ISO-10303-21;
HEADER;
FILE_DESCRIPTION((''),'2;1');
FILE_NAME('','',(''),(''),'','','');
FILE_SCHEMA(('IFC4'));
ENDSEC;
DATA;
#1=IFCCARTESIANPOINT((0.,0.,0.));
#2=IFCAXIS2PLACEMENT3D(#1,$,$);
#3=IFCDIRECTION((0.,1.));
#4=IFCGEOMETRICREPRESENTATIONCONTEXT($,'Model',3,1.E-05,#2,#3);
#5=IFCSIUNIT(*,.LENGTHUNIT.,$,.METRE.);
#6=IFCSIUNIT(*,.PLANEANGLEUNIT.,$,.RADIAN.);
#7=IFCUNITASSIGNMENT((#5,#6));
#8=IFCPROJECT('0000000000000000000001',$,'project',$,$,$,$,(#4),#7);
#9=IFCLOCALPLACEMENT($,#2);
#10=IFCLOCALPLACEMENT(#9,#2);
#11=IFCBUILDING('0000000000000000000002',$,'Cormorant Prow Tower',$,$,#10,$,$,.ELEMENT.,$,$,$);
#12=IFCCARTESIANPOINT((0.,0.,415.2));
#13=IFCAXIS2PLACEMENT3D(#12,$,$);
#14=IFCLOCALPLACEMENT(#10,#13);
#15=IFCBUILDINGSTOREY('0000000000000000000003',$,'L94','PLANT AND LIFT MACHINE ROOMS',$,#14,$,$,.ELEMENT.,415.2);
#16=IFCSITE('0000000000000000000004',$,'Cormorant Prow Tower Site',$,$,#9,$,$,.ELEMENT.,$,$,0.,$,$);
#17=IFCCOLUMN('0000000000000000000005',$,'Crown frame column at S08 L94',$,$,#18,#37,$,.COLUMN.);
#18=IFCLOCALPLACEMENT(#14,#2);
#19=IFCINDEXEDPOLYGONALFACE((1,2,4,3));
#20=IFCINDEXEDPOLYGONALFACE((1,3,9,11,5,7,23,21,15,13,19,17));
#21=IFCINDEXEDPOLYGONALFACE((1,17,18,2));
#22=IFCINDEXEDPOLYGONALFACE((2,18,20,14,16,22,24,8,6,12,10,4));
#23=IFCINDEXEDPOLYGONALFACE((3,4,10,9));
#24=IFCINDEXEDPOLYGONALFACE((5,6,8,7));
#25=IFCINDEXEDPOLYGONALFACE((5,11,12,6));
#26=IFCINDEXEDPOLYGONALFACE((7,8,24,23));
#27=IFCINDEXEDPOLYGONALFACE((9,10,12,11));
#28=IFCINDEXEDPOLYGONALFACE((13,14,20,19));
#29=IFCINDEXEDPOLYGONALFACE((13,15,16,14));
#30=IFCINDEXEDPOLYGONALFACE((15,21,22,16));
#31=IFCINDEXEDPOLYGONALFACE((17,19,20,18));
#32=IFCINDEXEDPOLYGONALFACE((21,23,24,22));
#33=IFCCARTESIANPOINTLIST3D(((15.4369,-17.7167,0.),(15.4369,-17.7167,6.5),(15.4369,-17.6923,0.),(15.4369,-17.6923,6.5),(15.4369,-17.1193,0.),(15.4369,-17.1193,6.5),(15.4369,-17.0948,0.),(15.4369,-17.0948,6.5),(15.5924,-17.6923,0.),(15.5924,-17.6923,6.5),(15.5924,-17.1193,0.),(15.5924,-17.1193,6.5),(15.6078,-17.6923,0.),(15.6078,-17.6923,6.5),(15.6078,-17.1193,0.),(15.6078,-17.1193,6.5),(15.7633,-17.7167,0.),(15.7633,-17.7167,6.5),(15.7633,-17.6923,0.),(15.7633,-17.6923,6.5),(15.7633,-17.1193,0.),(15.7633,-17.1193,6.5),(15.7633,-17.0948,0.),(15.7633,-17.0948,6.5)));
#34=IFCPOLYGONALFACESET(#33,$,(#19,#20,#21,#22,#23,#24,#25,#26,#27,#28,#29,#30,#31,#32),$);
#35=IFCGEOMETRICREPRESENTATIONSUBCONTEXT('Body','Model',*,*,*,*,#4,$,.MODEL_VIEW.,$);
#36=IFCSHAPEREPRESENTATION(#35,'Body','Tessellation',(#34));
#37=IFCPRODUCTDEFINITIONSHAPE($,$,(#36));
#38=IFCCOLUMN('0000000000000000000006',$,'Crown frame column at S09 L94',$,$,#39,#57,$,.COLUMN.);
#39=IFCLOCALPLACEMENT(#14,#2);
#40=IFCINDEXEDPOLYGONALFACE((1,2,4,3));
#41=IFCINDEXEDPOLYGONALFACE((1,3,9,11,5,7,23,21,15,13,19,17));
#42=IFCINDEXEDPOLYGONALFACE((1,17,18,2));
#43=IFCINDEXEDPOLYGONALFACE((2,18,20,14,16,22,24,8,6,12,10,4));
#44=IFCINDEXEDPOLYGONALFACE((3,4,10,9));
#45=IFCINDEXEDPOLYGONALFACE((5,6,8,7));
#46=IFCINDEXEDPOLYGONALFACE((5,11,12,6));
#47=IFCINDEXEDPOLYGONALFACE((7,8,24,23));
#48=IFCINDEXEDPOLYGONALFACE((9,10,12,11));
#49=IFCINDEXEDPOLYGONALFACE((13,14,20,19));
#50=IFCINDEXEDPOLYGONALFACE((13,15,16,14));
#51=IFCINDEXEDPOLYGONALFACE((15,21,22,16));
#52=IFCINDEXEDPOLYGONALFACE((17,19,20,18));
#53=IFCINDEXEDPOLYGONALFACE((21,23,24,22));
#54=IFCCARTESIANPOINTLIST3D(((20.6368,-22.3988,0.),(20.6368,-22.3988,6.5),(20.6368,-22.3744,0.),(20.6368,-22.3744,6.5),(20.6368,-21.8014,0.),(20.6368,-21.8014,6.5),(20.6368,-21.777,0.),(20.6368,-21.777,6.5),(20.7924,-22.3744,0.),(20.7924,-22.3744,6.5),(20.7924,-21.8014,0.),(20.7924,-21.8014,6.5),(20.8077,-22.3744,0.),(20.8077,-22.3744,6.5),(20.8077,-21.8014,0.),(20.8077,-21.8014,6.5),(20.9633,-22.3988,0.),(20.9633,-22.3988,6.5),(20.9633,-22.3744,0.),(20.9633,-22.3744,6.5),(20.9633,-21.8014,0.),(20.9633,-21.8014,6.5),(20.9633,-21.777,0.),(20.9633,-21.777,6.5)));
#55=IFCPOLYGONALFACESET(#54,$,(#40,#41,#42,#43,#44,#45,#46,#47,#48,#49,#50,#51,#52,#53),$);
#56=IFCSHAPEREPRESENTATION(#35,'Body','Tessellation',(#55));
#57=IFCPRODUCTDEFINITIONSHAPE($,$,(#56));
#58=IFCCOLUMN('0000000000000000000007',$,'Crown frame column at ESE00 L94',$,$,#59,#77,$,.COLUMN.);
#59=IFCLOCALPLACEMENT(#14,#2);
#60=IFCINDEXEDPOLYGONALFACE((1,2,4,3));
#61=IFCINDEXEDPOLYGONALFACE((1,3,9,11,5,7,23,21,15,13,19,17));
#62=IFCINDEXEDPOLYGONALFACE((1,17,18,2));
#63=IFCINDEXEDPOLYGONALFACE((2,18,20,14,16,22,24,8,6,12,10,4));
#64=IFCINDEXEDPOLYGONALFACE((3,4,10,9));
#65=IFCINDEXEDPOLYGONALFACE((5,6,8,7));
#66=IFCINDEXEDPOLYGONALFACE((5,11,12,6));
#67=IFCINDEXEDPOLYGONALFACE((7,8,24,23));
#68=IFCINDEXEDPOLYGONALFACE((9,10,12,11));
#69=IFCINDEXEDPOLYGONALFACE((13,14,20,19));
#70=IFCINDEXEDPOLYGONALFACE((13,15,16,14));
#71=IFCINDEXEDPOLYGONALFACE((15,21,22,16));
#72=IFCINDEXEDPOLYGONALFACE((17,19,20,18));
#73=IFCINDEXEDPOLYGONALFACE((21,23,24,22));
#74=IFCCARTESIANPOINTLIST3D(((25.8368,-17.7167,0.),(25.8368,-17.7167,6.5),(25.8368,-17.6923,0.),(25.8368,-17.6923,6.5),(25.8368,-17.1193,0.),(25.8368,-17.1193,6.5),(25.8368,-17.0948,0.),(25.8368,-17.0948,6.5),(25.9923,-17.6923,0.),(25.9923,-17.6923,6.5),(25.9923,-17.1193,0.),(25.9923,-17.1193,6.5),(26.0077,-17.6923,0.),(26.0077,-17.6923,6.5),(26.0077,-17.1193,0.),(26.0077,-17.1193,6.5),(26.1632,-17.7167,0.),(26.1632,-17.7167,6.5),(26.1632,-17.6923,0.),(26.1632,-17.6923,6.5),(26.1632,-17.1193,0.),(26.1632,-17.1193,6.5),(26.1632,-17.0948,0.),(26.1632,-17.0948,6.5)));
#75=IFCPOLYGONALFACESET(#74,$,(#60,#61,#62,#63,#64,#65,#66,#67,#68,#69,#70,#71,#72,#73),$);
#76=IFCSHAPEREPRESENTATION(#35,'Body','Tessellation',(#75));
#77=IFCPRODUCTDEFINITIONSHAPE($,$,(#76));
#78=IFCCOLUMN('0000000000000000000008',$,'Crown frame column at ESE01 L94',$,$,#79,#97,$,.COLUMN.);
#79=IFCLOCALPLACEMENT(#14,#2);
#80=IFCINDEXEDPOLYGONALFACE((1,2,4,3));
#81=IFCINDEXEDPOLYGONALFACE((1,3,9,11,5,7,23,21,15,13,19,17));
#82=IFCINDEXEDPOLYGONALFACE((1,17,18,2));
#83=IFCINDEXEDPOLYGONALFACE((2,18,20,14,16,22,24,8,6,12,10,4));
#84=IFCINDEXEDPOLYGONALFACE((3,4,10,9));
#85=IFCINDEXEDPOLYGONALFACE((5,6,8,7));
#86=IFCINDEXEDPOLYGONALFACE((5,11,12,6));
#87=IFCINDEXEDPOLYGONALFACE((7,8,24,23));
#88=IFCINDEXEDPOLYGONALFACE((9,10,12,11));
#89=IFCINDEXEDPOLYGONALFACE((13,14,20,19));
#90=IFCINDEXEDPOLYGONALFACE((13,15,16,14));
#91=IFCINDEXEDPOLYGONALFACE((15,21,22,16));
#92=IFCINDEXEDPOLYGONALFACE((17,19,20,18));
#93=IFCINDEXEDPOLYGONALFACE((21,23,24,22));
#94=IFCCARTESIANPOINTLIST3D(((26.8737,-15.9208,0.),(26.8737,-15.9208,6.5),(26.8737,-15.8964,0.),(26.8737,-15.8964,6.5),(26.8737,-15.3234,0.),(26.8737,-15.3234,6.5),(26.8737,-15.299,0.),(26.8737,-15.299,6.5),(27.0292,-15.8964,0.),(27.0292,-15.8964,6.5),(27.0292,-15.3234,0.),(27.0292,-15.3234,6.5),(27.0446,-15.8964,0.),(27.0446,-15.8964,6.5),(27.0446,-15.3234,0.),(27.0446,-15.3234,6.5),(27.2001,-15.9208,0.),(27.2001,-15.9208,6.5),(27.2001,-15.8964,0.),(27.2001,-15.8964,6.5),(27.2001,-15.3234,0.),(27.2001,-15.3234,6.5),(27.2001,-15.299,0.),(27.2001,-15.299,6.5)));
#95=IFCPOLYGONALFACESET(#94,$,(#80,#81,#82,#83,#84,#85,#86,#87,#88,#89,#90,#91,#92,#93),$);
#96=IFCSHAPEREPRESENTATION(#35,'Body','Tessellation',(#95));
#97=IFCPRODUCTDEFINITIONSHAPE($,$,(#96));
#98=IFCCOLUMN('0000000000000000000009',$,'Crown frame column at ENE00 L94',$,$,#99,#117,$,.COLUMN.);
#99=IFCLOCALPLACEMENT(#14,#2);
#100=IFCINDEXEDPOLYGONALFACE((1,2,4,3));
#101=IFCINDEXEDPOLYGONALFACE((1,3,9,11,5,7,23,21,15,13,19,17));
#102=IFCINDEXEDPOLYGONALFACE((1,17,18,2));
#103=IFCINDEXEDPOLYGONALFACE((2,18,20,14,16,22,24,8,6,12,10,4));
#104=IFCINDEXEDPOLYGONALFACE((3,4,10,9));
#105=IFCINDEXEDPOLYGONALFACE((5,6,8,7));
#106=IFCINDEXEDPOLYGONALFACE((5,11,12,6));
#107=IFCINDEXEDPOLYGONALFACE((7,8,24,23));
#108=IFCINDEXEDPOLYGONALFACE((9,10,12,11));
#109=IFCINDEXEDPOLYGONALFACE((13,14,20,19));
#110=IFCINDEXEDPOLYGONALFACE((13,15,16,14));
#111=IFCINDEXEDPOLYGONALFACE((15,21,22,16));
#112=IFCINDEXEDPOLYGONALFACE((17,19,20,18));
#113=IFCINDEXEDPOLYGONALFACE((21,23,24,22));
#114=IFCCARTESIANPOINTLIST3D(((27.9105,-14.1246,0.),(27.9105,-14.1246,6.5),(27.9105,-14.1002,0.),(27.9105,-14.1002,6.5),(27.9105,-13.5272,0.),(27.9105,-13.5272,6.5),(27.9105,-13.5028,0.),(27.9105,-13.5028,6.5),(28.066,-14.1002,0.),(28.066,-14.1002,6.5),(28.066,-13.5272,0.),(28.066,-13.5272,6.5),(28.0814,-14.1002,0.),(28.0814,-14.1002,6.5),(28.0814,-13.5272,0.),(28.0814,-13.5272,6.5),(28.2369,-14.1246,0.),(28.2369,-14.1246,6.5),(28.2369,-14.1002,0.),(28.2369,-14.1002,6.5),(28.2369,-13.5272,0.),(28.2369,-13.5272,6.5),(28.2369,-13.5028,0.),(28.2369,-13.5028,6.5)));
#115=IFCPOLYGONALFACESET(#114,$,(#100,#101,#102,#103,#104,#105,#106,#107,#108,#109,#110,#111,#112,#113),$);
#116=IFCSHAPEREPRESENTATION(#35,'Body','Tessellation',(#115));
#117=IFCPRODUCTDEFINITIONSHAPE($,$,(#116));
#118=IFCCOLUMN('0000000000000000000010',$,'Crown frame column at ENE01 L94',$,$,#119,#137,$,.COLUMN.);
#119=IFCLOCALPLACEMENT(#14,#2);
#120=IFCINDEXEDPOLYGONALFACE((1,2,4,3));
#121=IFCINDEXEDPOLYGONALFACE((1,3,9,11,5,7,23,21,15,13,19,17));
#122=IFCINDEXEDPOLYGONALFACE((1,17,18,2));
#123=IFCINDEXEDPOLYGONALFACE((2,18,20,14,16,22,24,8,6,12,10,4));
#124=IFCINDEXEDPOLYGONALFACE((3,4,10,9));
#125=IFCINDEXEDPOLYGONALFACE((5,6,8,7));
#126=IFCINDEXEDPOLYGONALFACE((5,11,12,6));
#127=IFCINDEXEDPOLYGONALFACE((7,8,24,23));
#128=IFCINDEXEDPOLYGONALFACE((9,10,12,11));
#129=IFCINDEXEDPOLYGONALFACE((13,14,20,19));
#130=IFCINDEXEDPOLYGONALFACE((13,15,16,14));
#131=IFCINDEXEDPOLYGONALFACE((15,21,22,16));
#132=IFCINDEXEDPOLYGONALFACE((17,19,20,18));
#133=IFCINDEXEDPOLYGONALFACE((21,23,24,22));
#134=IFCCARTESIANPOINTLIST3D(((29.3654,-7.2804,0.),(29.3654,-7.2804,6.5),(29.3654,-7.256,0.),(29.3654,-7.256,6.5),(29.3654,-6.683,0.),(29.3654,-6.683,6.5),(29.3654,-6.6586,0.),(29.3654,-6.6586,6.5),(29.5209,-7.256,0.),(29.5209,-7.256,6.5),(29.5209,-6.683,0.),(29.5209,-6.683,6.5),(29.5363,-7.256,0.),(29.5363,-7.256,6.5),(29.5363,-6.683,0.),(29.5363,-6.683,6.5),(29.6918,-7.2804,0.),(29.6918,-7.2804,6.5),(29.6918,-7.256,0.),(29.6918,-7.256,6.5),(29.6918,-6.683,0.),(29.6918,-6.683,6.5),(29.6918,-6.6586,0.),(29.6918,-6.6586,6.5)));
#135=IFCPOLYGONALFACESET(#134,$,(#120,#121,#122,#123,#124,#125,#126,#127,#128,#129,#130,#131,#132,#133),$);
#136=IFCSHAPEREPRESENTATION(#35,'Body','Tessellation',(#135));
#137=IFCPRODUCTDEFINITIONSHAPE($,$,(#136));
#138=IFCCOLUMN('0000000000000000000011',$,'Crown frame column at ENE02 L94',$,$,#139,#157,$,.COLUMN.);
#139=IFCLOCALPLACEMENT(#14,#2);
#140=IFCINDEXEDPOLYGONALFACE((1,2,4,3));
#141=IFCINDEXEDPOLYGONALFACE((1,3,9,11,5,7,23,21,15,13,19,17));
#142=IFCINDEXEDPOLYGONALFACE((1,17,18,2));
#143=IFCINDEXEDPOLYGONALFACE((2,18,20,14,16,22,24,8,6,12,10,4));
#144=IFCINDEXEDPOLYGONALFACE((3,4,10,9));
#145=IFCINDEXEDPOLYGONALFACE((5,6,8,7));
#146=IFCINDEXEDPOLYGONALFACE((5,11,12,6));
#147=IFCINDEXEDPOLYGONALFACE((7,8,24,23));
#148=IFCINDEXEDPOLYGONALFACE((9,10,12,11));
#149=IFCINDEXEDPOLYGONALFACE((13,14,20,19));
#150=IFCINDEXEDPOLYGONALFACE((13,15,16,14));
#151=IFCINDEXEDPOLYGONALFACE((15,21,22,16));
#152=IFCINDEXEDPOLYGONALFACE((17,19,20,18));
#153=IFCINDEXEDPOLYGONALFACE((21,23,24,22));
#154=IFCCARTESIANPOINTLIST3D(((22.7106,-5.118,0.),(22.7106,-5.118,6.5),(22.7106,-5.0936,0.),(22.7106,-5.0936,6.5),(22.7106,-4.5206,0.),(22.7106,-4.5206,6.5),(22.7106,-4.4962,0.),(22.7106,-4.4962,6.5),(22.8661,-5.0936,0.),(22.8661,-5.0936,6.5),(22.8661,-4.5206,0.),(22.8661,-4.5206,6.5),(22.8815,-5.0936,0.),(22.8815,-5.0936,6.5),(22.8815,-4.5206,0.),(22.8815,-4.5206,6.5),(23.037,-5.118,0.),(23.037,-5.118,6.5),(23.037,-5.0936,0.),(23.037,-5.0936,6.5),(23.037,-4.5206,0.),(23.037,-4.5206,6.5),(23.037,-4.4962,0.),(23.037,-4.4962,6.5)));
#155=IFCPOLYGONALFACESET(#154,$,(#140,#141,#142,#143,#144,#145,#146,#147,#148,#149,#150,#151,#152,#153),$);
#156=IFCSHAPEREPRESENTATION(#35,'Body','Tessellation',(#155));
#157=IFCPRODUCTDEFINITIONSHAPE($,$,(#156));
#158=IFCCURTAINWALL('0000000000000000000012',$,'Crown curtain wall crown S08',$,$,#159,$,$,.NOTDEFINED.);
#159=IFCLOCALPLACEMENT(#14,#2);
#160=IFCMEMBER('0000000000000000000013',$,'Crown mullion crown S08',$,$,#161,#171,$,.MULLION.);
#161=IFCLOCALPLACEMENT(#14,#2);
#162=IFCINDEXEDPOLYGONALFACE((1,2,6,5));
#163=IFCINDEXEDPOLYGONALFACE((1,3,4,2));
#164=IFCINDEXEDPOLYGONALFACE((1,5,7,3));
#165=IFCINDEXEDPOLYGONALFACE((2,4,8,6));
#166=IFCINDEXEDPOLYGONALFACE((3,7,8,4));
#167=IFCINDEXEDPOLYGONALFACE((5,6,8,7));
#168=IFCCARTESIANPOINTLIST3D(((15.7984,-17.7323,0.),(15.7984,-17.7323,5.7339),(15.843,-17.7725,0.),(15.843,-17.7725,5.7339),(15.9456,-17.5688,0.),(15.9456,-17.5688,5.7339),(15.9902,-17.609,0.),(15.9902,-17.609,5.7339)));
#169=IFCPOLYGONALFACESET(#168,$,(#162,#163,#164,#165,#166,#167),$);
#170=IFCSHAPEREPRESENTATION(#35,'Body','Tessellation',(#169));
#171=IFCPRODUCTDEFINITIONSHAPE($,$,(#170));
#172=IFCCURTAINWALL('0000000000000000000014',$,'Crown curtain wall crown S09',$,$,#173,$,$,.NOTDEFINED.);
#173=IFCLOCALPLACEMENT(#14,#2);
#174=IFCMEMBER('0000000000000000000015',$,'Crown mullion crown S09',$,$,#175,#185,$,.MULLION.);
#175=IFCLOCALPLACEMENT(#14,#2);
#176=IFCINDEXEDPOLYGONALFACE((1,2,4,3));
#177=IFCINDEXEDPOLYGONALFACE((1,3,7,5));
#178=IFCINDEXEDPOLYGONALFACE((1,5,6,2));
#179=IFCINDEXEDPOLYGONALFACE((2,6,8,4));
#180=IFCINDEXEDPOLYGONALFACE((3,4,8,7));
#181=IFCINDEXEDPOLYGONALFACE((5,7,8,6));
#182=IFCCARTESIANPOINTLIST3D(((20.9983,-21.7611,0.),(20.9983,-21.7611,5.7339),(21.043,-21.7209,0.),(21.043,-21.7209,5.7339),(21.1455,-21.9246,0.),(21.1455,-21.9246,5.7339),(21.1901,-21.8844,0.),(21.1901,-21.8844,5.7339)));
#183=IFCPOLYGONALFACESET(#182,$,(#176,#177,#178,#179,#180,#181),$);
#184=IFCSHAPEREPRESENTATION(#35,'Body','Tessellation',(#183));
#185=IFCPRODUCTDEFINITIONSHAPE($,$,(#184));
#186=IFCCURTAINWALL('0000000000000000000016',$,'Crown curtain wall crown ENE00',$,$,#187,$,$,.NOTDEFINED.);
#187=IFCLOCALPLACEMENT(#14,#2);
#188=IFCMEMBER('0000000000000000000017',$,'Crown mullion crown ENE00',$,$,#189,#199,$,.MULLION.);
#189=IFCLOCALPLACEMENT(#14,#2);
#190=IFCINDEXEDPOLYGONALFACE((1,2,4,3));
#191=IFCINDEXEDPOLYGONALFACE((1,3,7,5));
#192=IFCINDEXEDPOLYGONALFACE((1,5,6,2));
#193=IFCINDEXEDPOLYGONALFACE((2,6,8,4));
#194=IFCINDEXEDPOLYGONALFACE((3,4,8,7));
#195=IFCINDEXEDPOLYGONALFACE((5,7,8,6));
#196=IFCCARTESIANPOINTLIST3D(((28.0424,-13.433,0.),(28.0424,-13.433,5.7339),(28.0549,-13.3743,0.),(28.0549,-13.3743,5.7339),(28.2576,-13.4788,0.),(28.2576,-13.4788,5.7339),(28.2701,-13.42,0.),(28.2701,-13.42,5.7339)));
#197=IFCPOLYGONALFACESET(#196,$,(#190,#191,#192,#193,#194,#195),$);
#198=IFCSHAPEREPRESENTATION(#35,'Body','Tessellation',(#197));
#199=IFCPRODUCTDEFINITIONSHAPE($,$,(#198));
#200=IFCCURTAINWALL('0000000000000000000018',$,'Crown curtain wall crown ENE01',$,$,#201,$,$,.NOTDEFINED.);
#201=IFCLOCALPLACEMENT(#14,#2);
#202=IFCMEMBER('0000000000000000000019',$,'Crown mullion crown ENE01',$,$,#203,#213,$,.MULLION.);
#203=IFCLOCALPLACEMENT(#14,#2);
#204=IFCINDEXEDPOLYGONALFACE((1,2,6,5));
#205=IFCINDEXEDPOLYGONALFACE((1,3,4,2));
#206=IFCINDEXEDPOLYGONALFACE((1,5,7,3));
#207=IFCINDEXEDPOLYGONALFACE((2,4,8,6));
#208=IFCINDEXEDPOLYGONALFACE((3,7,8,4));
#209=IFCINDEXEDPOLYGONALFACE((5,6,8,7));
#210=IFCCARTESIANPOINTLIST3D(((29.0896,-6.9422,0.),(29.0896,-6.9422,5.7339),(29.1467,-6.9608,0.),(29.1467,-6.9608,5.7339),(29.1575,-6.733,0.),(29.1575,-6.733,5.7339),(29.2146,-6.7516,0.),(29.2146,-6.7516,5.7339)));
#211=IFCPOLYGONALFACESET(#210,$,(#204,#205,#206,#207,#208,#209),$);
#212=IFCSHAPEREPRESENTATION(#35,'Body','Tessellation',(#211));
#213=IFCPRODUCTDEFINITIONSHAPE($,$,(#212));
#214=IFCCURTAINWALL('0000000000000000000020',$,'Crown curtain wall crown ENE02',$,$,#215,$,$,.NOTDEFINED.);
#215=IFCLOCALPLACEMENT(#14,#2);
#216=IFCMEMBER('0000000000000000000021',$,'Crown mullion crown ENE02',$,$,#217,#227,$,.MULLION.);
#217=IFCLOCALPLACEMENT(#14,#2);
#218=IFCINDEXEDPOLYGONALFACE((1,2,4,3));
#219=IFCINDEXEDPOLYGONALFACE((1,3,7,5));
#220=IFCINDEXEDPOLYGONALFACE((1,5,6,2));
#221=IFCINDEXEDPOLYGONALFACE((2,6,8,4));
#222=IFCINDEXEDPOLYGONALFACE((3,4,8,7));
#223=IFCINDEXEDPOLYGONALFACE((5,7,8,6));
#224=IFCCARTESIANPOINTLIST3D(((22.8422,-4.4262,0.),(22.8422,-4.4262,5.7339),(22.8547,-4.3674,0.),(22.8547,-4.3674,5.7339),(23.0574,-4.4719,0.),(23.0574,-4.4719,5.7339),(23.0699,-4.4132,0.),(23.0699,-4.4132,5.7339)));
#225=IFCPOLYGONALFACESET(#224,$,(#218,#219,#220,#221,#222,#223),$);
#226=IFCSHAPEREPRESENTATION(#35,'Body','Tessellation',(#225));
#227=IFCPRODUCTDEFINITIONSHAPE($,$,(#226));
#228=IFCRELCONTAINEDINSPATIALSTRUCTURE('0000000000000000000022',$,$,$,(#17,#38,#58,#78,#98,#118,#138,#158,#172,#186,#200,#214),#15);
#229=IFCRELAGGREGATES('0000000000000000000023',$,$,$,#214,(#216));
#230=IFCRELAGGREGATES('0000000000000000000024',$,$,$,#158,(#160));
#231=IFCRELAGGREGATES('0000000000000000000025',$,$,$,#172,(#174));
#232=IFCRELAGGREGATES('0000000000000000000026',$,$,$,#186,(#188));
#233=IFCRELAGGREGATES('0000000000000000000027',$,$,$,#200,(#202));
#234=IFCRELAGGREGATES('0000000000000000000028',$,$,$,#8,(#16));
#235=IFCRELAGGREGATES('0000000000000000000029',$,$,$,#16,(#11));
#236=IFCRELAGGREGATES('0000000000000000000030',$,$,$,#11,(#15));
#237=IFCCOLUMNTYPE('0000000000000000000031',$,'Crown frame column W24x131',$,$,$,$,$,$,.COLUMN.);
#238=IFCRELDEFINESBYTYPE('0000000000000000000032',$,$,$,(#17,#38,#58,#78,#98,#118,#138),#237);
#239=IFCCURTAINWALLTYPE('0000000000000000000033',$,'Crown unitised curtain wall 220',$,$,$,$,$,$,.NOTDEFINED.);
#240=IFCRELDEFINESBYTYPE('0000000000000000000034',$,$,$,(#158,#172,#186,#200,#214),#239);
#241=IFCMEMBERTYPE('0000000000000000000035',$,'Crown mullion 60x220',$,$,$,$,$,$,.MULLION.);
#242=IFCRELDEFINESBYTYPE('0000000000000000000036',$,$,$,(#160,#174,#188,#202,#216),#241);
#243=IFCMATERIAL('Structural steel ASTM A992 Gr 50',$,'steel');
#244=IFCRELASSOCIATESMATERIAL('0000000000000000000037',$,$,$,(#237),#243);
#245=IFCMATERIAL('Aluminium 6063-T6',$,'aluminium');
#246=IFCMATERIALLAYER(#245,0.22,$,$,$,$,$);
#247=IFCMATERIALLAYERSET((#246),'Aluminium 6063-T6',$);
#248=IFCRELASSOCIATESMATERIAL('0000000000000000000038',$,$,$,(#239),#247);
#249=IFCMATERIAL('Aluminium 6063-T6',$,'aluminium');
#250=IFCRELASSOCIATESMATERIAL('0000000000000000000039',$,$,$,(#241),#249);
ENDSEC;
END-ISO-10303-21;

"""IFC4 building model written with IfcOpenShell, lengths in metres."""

from ifc_helpers import new_model, si_unit, direction, frame, origin, origin_2d, place, context, subcontext, project, spatial, rectangle, i_section, extrude, material, layer, layer_set, material_profile, profile_set, type_object, element, aggregate, save


model = new_model("IFC4")

# Units and contexts
model_context = context("Model", 3, precision=1e-05, world=origin(), true_north=direction((0.0, 1.0)))
body_context = subcontext(model_context, "Body", "Model", "MODEL_VIEW")
ifc_project = project(units=[si_unit("LENGTHUNIT", "METRE"), si_unit("PLANEANGLEUNIT", "RADIAN")], contexts=[model_context])

# Site, building, storey
site_placement = place(None, origin())
site = spatial("IfcSite", under=ifc_project, at=site_placement, Name="Cormorant Prow Tower Site", CompositionType="ELEMENT", RefElevation=0.0)
building_placement = place(site_placement, origin())
building = spatial("IfcBuilding", under=site, at=building_placement, Name="Cormorant Prow Tower", CompositionType="ELEMENT")
storey_placement = place(building_placement, frame((0.0, 0.0, 415.2)))
storey = spatial("IfcBuildingStorey", under=building, at=storey_placement, Name="L94", Description="PLANT AND LIFT MACHINE ROOMS", CompositionType="ELEMENT", Elevation=415.2)

# Columns
ifc_material_1 = material(Name="Structural steel ASTM A992 Gr 50", Category="steel")
ifc_material_profile_1 = material_profile(ifc_material_1, i_section(OverallWidth=0.3264, OverallDepth=0.6218, WebThickness=0.0154, FlangeThickness=0.0244, at=origin_2d()), Name="W24x131")
ifc_profile_set_1 = profile_set([ifc_material_profile_1], Name="Structural steel ASTM A992 Gr 50")
column_type = type_object("IfcColumnType", Name="Crown frame column W24x131", PredefinedType="COLUMN", material=ifc_profile_set_1)
for number, where, z_axis, x_axis, name in (
    (1, (15.6001, -17.4058, 0.0), (0.0, 0.0, 1.0), (1.0, 0.0, 0.0), "Crown frame column at S08 L94"),
    (2, (20.8, -22.0879, 0.0), (0.0, 0.0, 1.0), (1.0, 0.0, 0.0), "Crown frame column at S09 L94"),
    (3, (26.0, -17.4058, 0.0), (0.0, 0.0, 1.0), (1.0, 0.0, 0.0), "Crown frame column at ESE00 L94"),
    (4, (27.0369, -15.6099, 0.0), (0.0, 0.0, 1.0), (1.0, 0.0, 0.0), "Crown frame column at ESE01 L94"),
    (5, (28.0737, -13.8137, 0.0), (0.0, 0.0, 1.0), (1.0, 0.0, 0.0), "Crown frame column at ENE00 L94"),
    (6, (29.5286, -6.9695, 0.0), (0.0, 0.0, 1.0), (1.0, 0.0, 0.0), "Crown frame column at ENE01 L94"),
    (7, (22.8738, -4.8071, 0.0), (0.0, 0.0, 1.0), (1.0, 0.0, 0.0), "Crown frame column at ENE02 L94"),
):
    element("IfcColumn", number, at=place(storey_placement, frame(where, z_axis=z_axis, x_axis=x_axis)), inside=storey, type_object=column_type, Name=name, PredefinedType="COLUMN", context=body_context, shape_type="SweptSolid", body=[
        extrude(i_section(OverallWidth=0.3264, OverallDepth=0.6218, WebThickness=0.0154, FlangeThickness=0.0244, at=origin_2d()), origin(), (0.0, 0.0, 1.0), 6.5),
    ])

# Curtain walls, members
ifc_material_2 = material(Name="Aluminium 6063-T6", Category="aluminium")
ifc_layer_1 = layer(ifc_material_2, 0.22)
ifc_layer_set_1 = layer_set([ifc_layer_1], Name="Aluminium 6063-T6")
curtain_wall_type = type_object("IfcCurtainWallType", Name="Crown unitised curtain wall 220", PredefinedType="NOTDEFINED", material=ifc_layer_set_1)
curtain_wall_1_placement = place(storey_placement, origin())
curtain_wall_1 = element("IfcCurtainWall", 8, at=curtain_wall_1_placement, inside=storey, type_object=curtain_wall_type, Name="Crown curtain wall crown S08", PredefinedType="NOTDEFINED")
ifc_material_3 = material(Name="Aluminium 6063-T6", Category="aluminium")
ifc_material_profile_2 = material_profile(ifc_material_3, rectangle(XDim=0.22, YDim=0.0601, at=origin_2d()), Name="Crown mullion 60x220")
ifc_profile_set_2 = profile_set([ifc_material_profile_2], Name="Aluminium 6063-T6")
member_type_1 = type_object("IfcMemberType", Name="Crown mullion 60x220", PredefinedType="MULLION", material=ifc_profile_set_2)
member_1_placement = place(storey_placement, frame((15.8943, -17.6707, 0.0), z_axis=(0.0, 0.0, 1.0), x_axis=(0.669131, 0.743145, 0.0)))
member_1 = element("IfcMember", 9, at=member_1_placement, type_object=member_type_1, Name="Crown mullion crown S08", PredefinedType="MULLION", context=body_context, shape_type="SweptSolid", body=[
    extrude(rectangle(XDim=0.22, YDim=0.0601, at=origin_2d()), origin(), (0.0, 0.0, 1.0), 5.7339),
])
curtain_wall_2_placement = place(storey_placement, origin())
curtain_wall_2 = element("IfcCurtainWall", 10, at=curtain_wall_2_placement, inside=storey, type_object=curtain_wall_type, Name="Crown curtain wall crown S09", PredefinedType="NOTDEFINED")
member_2_placement = place(storey_placement, frame((21.0942, -21.8228, 0.0), z_axis=(0.0, 0.0, 1.0), x_axis=(-0.669131, 0.743145, 0.0)))
member_2 = element("IfcMember", 11, at=member_2_placement, type_object=member_type_1, Name="Crown mullion crown S09", PredefinedType="MULLION", context=body_context, shape_type="SweptSolid", body=[
    extrude(rectangle(XDim=0.22, YDim=0.0601, at=origin_2d()), origin(), (0.0, 0.0, 1.0), 5.7339),
])
curtain_wall_3_placement = place(storey_placement, origin())
curtain_wall_3 = element("IfcCurtainWall", 12, at=curtain_wall_3_placement, inside=storey, type_object=curtain_wall_type, Name="Crown curtain wall crown ENE00", PredefinedType="NOTDEFINED")
member_3_placement = place(storey_placement, frame((28.1562, -13.4265, 0.0), z_axis=(0.0, 0.0, 1.0), x_axis=(-0.978148, 0.207912, 0.0)))
member_3 = element("IfcMember", 13, at=member_3_placement, type_object=member_type_1, Name="Crown mullion crown ENE00", PredefinedType="MULLION", context=body_context, shape_type="SweptSolid", body=[
    extrude(rectangle(XDim=0.22, YDim=0.0601, at=origin_2d()), origin(), (0.0, 0.0, 1.0), 5.7339),
])
curtain_wall_4_placement = place(storey_placement, origin())
curtain_wall_4 = element("IfcCurtainWall", 14, at=curtain_wall_4_placement, inside=storey, type_object=curtain_wall_type, Name="Crown curtain wall crown ENE01", PredefinedType="NOTDEFINED")
member_4_placement = place(storey_placement, frame((29.1521, -6.8469, 0.0), z_axis=(0.0, 0.0, 1.0), x_axis=(-0.309017, -0.951057, 0.0)))
member_4 = element("IfcMember", 15, at=member_4_placement, type_object=member_type_1, Name="Crown mullion crown ENE01", PredefinedType="MULLION", context=body_context, shape_type="SweptSolid", body=[
    extrude(rectangle(XDim=0.22, YDim=0.0601, at=origin_2d()), origin(), (0.0, 0.0, 1.0), 5.7339),
])
curtain_wall_5_placement = place(storey_placement, origin())
curtain_wall_5 = element("IfcCurtainWall", 16, at=curtain_wall_5_placement, inside=storey, type_object=curtain_wall_type, Name="Crown curtain wall crown ENE02", PredefinedType="NOTDEFINED")
member_5_placement = place(storey_placement, frame((22.9561, -4.4197, 0.0), z_axis=(0.0, 0.0, 1.0), x_axis=(-0.978148, 0.207912, 0.0)))
member_5 = element("IfcMember", 17, at=member_5_placement, type_object=member_type_1, Name="Crown mullion crown ENE02", PredefinedType="MULLION", context=body_context, shape_type="SweptSolid", body=[
    extrude(rectangle(XDim=0.22, YDim=0.0601, at=origin_2d()), origin(), (0.0, 0.0, 1.0), 5.7339),
])

aggregate(curtain_wall_5, [member_5])

aggregate(curtain_wall_1, [member_1])
aggregate(curtain_wall_2, [member_2])
aggregate(curtain_wall_3, [member_3])
aggregate(curtain_wall_4, [member_4])

save(model, "model.ifc")
